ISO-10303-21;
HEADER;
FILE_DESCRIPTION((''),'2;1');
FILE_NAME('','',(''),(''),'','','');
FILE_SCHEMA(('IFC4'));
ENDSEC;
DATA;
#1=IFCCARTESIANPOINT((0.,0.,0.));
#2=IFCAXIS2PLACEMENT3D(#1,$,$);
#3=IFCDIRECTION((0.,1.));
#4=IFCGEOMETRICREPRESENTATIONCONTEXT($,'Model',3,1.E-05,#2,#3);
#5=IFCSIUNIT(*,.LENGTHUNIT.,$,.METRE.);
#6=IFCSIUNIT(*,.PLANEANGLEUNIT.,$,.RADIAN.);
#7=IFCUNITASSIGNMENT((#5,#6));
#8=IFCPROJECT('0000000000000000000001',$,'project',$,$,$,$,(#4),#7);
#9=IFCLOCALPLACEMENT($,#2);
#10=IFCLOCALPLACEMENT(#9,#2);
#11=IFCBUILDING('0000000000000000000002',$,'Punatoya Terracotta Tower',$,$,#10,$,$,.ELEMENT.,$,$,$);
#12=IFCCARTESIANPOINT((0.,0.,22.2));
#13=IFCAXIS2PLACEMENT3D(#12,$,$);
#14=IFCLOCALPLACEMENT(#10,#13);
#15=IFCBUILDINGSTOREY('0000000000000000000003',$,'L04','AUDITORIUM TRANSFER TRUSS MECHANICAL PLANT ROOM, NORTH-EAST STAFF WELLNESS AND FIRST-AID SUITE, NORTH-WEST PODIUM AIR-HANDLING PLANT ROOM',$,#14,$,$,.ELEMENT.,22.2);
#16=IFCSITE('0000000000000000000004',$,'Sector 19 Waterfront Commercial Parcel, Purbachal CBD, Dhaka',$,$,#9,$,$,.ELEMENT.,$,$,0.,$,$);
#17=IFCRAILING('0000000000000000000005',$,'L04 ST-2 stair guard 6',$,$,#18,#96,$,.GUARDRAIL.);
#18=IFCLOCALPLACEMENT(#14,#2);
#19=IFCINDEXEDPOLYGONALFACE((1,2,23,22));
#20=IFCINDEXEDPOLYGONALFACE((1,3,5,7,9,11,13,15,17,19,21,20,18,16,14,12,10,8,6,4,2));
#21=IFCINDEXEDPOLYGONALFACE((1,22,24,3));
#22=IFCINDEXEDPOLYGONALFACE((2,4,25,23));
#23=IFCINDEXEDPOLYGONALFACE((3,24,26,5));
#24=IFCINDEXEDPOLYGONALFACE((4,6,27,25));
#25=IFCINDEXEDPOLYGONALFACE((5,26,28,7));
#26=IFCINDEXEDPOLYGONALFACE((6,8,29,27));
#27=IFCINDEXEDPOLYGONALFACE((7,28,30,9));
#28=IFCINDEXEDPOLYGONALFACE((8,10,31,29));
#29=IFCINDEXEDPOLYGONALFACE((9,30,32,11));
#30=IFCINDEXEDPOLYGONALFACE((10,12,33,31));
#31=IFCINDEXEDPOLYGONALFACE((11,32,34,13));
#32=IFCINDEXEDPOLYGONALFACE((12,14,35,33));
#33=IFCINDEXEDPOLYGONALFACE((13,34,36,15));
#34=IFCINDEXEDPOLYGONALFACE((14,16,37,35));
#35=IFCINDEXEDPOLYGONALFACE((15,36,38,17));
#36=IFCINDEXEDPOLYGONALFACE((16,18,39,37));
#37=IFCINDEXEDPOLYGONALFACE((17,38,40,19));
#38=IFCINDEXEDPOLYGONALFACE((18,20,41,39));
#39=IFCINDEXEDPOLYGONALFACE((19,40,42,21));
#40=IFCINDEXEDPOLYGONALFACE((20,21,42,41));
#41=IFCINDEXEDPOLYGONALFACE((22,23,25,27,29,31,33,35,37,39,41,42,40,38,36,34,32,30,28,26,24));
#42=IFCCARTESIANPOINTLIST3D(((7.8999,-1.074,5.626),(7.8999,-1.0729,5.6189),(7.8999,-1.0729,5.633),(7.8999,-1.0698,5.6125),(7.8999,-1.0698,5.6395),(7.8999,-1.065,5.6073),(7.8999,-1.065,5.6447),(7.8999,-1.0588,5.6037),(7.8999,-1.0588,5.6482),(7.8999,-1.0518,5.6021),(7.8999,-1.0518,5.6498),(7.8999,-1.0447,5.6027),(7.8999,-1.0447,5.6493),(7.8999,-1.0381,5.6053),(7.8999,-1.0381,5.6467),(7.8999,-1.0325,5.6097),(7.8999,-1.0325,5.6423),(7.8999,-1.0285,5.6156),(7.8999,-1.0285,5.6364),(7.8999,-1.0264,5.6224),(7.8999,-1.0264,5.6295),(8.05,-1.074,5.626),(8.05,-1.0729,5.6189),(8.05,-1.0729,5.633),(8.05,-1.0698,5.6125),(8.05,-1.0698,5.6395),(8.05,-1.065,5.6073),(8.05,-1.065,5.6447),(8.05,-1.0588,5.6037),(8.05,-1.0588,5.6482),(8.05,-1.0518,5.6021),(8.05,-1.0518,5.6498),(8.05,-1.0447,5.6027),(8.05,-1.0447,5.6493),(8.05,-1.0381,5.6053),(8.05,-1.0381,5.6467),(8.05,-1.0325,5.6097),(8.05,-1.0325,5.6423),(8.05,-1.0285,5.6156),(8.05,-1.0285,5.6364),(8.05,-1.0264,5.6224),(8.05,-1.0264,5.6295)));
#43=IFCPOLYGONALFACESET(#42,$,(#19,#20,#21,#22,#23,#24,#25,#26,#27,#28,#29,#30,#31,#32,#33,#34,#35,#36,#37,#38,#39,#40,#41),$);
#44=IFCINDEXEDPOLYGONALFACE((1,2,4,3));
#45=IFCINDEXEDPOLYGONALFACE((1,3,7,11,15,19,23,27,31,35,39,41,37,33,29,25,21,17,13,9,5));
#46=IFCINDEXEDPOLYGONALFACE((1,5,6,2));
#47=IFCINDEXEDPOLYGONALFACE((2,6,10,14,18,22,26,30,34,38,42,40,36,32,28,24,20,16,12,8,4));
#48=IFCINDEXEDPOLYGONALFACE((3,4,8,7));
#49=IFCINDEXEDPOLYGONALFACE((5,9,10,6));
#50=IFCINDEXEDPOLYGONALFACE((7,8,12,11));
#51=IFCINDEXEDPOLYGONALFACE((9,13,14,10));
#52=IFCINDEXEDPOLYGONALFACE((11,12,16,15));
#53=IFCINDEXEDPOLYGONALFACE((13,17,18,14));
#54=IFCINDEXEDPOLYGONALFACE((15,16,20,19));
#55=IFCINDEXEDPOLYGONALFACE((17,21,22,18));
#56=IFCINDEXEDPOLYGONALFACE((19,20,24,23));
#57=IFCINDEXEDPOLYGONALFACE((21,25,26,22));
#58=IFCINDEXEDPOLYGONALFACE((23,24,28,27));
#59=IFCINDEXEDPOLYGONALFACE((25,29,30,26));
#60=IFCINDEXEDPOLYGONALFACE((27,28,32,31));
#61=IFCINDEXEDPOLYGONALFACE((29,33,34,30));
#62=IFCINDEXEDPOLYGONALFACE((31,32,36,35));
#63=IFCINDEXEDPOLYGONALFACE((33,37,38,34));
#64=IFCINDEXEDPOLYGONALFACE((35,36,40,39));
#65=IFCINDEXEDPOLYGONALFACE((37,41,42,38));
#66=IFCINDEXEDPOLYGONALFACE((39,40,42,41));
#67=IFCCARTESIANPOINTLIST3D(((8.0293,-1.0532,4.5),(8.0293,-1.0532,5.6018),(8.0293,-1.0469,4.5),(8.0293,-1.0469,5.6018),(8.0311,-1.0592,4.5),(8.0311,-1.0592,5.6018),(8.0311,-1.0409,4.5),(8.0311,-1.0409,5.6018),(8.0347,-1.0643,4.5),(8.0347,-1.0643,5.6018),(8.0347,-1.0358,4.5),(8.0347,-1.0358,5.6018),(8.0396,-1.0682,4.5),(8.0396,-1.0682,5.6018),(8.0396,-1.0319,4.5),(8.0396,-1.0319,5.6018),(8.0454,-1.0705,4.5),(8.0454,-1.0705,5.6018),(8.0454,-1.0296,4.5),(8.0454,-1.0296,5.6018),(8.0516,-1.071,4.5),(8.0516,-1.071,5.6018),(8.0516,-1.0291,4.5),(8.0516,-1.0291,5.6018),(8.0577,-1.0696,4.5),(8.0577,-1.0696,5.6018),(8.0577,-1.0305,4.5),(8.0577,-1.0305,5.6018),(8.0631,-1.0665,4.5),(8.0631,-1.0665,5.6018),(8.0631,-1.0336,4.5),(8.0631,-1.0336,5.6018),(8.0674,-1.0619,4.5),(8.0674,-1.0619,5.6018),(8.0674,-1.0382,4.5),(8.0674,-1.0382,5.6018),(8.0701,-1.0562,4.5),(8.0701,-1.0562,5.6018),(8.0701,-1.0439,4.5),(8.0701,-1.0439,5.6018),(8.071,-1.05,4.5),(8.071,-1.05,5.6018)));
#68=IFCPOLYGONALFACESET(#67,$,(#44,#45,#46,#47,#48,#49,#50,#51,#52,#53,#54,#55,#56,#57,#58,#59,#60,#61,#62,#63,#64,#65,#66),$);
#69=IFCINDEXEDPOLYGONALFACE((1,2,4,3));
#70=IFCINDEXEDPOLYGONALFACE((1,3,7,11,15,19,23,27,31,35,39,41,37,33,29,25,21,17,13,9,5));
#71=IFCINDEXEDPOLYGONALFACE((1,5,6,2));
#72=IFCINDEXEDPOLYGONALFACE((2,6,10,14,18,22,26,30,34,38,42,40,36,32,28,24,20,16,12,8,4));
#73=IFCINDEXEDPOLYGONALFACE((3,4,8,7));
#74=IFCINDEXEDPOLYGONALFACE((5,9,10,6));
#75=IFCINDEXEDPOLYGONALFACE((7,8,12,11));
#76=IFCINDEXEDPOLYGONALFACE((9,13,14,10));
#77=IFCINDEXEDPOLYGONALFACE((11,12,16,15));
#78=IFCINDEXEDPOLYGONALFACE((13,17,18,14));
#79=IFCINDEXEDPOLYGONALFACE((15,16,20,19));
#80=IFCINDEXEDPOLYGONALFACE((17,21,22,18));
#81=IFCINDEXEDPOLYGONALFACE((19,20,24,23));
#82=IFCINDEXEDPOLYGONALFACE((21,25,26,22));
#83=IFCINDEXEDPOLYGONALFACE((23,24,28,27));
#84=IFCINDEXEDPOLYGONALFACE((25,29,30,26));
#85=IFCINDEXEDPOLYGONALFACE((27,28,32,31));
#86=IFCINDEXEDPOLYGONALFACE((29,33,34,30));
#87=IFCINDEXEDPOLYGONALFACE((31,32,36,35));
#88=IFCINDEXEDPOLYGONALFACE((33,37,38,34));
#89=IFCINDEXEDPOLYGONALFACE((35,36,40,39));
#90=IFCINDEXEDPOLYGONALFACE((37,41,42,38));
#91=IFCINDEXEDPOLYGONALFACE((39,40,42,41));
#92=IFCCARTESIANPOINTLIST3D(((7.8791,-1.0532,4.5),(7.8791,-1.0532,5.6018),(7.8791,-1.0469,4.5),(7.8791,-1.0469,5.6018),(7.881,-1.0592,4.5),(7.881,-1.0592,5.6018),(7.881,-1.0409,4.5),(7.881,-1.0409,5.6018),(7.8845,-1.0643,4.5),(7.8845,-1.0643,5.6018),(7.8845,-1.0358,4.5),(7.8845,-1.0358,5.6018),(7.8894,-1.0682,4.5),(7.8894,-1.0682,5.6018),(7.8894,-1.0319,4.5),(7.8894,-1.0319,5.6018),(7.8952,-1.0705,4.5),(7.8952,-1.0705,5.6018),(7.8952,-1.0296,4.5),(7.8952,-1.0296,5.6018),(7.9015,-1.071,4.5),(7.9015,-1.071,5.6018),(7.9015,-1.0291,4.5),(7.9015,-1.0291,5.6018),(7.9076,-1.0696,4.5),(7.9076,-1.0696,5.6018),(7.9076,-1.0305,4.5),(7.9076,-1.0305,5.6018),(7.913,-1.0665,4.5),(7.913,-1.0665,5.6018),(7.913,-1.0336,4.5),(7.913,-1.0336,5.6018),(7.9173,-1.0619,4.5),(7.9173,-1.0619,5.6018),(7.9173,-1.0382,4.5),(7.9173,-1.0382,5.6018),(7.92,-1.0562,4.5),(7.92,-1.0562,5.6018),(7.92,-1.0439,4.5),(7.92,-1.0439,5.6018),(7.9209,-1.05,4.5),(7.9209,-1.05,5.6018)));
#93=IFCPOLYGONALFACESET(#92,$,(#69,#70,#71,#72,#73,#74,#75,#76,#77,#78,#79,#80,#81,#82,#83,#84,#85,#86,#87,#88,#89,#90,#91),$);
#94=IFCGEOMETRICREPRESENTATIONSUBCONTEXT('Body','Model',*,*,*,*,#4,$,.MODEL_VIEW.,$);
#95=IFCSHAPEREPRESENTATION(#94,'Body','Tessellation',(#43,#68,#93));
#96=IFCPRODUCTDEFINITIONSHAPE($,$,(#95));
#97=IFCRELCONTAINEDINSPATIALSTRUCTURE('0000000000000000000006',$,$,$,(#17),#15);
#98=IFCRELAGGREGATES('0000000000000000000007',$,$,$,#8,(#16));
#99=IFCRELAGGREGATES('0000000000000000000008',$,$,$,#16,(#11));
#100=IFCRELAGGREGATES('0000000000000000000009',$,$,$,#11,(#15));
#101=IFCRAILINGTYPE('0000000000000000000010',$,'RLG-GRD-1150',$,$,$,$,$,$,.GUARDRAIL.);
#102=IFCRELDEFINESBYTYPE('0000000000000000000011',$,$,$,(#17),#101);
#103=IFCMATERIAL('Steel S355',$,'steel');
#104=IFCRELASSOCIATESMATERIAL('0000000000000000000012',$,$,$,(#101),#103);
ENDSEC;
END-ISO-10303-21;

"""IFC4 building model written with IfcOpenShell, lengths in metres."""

from ifc_helpers import new_model, si_unit, direction, frame, origin, origin_2d, place, context, subcontext, project, spatial, circle, extrude, material, type_object, element, save


model = new_model("IFC4")

# Units and contexts
model_context = context("Model", 3, precision=1e-05, world=origin(), true_north=direction((0.0, 1.0)))
body_context = subcontext(model_context, "Body", "Model", "MODEL_VIEW")
ifc_project = project(units=[si_unit("LENGTHUNIT", "METRE"), si_unit("PLANEANGLEUNIT", "RADIAN")], contexts=[model_context])

# Site, building, storey
site_placement = place(None, origin())
site = spatial("IfcSite", under=ifc_project, at=site_placement, Name="Sector 19 Waterfront Commercial Parcel, Purbachal CBD, Dhaka", CompositionType="ELEMENT", RefElevation=0.0)
building_placement = place(site_placement, origin())
building = spatial("IfcBuilding", under=site, at=building_placement, Name="Punatoya Terracotta Tower", CompositionType="ELEMENT")
storey_placement = place(building_placement, frame((0.0, 0.0, 22.2)))
storey = spatial("IfcBuildingStorey", under=building, at=storey_placement, Name="L04", Description="AUDITORIUM TRANSFER TRUSS MECHANICAL PLANT ROOM, NORTH-EAST STAFF WELLNESS AND FIRST-AID SUITE, NORTH-WEST PODIUM AIR-HANDLING PLANT ROOM", CompositionType="ELEMENT", Elevation=22.2)

# Shared definitions
ifc_material_1 = material(Name="Steel S355", Category="steel")

# Railing
railing_type_1 = type_object("IfcRailingType", Name="RLG-GRD-1150", PredefinedType="GUARDRAIL", material=ifc_material_1)
railing_1_placement = place(storey_placement, frame((8.05, -1.05, 4.5)))
element("IfcRailing", 1, at=railing_1_placement, inside=storey, type_object=railing_type_1, Name="L04 ST-2 stair guard 6", PredefinedType="GUARDRAIL", context=body_context, shape_type="SweptSolid", body=[
    extrude(circle(Radius=0.0239, at=origin_2d()), frame((0.0, 0.0, 1.126), z_axis=(-1.0, 0.0, 0.0), x_axis=(0.0, -1.0, 0.0)), (0.0, 0.0, 1.0), 0.1501),
    extrude(circle(Radius=0.021, at=origin_2d()), origin(), (0.0, 0.0, 1.0), 1.1018),
    extrude(circle(Radius=0.021, at=origin_2d()), frame((-0.1501, 0.0, 0.0)), (0.0, 0.0, 1.0), 1.1018),
])

save(model, "model.ifc")
